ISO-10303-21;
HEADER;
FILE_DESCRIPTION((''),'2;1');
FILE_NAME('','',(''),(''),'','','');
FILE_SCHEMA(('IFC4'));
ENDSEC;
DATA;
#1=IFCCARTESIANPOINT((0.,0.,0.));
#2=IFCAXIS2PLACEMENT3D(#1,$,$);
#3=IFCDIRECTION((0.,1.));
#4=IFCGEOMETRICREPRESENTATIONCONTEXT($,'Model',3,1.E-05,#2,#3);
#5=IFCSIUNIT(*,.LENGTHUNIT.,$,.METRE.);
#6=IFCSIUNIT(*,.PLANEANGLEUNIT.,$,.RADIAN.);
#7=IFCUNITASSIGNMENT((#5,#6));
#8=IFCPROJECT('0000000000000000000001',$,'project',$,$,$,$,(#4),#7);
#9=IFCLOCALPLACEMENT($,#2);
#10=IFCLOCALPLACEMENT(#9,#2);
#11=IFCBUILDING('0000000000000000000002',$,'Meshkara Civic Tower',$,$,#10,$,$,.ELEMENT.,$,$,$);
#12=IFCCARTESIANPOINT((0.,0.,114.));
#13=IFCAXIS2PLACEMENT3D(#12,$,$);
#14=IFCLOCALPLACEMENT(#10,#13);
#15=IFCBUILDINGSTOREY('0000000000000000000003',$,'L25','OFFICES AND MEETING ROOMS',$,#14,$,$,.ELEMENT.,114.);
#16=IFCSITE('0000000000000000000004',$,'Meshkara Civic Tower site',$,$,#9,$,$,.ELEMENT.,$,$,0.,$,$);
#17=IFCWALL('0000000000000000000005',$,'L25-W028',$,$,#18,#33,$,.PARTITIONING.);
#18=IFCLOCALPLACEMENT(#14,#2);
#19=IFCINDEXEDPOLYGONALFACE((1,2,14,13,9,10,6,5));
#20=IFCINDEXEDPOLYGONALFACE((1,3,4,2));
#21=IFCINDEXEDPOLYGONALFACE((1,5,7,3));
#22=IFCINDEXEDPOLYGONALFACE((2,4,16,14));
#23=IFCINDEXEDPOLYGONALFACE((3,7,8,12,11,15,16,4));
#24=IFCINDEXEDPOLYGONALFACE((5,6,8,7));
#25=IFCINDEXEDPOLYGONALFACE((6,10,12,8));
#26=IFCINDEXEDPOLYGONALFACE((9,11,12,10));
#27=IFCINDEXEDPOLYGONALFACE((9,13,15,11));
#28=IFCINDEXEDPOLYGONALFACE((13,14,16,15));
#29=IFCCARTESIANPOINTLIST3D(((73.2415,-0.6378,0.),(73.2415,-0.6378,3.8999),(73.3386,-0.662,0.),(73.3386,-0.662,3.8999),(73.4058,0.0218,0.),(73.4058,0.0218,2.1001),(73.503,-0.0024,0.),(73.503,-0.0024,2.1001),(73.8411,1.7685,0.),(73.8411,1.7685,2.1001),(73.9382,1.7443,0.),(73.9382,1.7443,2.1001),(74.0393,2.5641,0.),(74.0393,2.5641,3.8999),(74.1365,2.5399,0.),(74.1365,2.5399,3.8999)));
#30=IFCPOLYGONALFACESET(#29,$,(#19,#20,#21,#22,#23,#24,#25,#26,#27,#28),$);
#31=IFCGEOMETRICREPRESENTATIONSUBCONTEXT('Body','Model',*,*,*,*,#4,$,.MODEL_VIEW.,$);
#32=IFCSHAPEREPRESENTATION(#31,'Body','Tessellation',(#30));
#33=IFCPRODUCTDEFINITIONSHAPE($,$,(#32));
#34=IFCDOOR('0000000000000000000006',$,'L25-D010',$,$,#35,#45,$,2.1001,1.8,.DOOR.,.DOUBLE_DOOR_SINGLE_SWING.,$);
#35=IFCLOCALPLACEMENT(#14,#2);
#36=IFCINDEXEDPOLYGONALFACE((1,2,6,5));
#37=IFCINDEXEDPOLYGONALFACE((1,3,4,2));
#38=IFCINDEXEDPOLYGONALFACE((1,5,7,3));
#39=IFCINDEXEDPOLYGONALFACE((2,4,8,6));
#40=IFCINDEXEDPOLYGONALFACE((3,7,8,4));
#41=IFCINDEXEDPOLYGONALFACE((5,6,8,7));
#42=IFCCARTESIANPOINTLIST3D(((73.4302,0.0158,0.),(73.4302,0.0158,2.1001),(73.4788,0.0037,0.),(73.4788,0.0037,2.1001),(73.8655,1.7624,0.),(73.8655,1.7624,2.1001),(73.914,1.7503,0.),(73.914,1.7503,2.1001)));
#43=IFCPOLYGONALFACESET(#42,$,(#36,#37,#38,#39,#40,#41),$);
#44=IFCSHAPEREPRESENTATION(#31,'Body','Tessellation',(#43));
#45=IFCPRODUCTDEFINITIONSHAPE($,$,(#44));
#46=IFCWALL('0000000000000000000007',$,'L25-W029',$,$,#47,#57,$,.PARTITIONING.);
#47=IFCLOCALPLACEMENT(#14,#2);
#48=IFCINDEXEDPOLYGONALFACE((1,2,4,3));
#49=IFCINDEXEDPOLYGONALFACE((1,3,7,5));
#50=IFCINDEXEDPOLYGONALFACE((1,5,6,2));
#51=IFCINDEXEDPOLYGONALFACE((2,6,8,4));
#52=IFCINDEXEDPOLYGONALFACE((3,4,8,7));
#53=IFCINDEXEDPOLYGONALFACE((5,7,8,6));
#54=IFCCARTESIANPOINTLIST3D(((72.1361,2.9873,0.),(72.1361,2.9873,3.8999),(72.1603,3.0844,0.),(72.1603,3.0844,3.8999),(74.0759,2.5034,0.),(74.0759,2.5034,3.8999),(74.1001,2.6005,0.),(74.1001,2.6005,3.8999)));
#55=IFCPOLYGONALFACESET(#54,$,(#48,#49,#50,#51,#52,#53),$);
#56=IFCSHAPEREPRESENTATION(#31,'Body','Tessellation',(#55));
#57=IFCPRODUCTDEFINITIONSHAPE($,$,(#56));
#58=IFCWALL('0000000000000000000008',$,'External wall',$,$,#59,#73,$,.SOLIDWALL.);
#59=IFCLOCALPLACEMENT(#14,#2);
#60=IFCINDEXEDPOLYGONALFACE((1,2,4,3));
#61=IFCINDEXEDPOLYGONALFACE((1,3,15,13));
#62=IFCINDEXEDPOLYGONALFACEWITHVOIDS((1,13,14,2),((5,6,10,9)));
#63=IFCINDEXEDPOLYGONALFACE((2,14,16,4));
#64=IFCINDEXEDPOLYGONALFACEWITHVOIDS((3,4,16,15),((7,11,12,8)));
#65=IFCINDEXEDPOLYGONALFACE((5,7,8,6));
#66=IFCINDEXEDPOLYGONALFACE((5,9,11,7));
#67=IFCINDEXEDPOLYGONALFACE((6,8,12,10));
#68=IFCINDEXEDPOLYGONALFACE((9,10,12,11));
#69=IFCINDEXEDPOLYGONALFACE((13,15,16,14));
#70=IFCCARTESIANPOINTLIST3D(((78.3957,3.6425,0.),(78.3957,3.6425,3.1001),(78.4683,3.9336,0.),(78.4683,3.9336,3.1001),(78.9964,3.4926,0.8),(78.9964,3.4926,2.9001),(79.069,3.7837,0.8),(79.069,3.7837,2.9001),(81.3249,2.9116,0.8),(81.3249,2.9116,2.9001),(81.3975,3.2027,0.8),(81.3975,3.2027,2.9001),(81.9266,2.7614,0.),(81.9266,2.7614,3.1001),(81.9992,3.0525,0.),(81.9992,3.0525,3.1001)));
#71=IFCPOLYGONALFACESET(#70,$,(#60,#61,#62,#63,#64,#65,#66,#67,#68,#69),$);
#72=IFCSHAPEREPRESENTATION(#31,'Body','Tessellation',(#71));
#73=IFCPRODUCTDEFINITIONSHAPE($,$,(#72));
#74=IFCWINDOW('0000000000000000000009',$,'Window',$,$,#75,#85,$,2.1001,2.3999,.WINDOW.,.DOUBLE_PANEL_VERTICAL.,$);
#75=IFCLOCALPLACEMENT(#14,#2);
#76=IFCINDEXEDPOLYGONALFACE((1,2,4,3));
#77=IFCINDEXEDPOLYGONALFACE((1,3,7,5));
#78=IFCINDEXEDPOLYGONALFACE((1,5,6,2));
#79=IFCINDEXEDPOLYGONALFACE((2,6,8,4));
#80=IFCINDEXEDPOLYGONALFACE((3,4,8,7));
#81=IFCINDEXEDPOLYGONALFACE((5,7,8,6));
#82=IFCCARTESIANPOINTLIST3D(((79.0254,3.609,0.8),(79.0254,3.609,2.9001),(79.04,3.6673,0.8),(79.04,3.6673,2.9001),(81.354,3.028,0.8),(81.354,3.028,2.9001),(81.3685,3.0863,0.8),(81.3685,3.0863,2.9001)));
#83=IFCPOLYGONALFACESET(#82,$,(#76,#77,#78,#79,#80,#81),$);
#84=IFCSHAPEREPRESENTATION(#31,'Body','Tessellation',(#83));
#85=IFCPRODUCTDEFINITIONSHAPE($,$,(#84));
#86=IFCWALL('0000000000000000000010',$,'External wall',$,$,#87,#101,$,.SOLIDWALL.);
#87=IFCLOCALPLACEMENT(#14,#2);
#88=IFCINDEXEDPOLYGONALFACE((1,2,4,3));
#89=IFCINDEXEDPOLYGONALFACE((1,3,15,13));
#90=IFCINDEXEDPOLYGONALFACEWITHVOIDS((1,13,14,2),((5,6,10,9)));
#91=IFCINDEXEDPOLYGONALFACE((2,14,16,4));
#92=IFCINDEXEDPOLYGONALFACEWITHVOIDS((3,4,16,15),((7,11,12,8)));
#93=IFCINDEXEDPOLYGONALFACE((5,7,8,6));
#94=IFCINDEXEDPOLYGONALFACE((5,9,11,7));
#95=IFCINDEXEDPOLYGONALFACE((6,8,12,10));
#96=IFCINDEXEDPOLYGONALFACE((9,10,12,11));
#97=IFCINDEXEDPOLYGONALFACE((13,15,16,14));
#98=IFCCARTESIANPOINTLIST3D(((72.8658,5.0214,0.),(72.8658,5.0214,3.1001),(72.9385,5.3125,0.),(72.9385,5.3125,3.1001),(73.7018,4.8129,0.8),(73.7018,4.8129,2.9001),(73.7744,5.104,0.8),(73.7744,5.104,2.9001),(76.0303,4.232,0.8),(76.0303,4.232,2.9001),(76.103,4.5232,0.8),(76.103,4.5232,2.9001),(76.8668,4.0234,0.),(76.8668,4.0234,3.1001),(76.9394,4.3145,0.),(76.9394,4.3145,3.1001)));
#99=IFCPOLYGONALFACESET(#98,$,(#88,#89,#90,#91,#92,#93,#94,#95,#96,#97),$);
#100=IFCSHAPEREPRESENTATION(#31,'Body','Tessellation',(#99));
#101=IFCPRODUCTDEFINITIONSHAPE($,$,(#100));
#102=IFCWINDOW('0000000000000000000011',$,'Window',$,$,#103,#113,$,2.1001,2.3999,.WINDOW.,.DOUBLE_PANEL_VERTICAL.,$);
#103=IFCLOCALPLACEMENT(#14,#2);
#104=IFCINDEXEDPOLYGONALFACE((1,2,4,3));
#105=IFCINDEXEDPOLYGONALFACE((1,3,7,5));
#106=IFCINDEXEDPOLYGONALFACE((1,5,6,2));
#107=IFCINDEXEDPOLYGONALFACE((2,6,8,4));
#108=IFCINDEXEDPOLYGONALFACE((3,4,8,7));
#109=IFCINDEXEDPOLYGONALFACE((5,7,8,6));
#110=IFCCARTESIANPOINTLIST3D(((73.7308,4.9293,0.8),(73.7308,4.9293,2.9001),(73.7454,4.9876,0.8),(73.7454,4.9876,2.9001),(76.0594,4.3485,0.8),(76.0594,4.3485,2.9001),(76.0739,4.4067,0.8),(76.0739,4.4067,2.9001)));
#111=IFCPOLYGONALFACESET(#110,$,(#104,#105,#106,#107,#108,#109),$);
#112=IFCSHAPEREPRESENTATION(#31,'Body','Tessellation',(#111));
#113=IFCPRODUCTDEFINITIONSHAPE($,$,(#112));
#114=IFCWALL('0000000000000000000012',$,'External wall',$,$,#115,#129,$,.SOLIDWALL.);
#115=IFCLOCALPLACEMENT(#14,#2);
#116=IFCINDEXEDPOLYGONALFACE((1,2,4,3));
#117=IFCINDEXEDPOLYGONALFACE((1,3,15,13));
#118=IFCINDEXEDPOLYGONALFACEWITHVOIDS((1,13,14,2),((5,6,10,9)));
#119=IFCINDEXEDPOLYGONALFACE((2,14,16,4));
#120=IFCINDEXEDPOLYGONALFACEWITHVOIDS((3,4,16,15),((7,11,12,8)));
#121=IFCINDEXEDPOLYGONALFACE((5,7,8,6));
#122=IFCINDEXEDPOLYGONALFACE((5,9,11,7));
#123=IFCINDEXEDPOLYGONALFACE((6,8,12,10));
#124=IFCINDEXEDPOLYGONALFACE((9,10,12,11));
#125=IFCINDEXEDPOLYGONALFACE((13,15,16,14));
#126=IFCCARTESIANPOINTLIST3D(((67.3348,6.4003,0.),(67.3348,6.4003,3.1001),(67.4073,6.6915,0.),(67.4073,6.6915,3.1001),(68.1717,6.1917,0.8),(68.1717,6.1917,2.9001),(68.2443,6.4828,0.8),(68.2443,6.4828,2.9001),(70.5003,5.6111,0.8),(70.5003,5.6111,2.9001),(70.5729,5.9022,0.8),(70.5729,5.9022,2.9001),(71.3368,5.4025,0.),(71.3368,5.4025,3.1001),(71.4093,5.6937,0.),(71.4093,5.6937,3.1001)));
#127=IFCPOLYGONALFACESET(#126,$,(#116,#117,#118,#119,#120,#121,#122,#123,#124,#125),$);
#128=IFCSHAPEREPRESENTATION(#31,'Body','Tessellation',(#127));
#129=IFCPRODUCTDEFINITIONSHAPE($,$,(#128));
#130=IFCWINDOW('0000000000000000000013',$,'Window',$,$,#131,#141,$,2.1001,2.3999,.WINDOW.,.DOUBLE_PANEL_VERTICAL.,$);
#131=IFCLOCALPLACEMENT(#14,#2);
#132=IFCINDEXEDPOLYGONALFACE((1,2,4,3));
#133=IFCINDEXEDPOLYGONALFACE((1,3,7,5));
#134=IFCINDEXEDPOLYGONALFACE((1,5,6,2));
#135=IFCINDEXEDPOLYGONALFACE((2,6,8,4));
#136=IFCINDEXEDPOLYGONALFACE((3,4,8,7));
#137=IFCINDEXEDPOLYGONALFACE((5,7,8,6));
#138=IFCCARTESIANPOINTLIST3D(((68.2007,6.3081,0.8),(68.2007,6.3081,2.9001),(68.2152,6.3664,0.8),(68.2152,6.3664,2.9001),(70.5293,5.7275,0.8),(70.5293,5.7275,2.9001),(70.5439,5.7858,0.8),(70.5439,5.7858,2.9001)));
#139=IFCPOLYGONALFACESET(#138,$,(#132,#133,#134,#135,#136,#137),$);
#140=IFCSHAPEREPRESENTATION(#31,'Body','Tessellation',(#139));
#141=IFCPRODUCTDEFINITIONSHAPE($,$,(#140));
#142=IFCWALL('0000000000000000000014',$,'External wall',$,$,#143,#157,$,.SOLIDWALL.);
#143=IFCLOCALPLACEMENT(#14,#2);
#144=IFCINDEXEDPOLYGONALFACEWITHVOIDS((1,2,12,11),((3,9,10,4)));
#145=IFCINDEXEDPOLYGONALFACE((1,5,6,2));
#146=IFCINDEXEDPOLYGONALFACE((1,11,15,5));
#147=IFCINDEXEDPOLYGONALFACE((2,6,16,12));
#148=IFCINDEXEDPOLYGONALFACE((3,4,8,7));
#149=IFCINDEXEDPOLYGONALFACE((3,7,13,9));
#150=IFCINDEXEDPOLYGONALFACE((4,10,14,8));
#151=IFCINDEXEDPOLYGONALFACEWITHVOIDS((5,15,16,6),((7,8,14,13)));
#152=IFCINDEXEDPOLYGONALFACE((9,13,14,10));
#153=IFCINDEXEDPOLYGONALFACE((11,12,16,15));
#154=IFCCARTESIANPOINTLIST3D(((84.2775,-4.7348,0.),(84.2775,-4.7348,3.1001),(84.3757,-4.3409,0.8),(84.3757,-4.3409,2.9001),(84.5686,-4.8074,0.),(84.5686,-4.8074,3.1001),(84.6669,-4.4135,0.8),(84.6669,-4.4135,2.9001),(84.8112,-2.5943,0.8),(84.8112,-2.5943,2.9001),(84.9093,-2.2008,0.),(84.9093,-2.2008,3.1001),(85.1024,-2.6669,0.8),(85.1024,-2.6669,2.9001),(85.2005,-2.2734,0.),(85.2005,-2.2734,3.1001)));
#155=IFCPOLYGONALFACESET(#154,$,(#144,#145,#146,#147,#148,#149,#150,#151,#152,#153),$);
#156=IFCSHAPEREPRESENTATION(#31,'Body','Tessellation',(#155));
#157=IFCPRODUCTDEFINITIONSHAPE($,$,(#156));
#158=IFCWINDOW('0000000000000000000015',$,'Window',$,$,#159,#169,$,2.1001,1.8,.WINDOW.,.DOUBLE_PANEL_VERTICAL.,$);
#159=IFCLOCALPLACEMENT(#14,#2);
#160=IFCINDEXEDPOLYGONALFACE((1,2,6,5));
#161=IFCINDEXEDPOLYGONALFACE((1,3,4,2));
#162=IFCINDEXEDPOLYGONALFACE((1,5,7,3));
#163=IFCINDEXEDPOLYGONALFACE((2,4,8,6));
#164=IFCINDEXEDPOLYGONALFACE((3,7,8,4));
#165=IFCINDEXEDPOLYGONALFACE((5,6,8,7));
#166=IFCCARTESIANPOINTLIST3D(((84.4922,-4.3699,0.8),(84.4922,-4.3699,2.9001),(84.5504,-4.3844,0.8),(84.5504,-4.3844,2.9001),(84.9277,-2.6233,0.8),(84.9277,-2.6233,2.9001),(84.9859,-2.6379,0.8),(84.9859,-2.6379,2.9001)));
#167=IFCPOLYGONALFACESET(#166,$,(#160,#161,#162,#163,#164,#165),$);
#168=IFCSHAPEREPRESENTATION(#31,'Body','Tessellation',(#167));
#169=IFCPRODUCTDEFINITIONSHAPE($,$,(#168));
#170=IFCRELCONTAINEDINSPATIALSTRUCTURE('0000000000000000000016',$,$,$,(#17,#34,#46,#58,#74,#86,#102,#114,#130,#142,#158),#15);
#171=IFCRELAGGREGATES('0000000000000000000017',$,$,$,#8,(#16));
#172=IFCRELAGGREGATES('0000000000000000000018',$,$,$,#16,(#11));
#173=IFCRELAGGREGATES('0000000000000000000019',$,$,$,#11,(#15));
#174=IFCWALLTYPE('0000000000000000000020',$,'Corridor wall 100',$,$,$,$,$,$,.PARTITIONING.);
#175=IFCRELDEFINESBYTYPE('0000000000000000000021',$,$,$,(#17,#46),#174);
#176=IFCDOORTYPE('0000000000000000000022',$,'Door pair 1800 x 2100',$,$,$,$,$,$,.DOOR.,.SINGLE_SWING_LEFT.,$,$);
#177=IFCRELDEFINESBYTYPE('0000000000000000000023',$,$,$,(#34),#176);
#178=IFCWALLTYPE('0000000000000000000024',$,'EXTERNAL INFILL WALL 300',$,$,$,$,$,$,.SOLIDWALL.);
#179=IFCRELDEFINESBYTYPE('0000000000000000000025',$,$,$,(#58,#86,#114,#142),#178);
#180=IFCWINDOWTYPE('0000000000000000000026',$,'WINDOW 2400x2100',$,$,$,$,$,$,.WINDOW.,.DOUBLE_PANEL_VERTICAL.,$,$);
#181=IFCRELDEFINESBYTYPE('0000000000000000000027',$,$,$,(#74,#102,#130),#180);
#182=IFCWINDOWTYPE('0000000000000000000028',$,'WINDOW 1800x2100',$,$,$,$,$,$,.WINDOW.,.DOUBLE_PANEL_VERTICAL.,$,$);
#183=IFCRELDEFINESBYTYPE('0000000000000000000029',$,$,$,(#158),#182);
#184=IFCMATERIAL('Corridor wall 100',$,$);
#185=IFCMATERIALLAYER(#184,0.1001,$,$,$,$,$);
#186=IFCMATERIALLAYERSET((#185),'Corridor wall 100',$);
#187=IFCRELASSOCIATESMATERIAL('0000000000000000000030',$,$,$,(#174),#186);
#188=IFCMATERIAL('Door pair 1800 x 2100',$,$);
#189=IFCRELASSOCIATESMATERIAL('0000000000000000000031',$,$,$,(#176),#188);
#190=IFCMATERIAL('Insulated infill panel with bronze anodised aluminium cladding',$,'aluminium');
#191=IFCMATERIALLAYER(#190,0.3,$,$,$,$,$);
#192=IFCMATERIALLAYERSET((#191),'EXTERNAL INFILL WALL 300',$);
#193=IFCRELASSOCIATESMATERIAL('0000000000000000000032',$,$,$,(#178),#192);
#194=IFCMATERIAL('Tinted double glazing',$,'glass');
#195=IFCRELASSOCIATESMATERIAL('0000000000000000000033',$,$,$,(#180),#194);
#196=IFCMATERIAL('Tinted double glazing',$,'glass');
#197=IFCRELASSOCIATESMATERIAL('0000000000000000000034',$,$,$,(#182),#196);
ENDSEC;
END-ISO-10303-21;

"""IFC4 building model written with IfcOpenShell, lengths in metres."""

from ifc_helpers import new_model, si_unit, direction, frame, frame_2d, origin, place, context, subcontext, project, spatial, rectangle, extrude, material, layer, layer_set, type_object, element, fill, save


model = new_model("IFC4")

# Units and contexts
model_context = context("Model", 3, precision=1e-05, world=origin(), true_north=direction((0.0, 1.0)))
body_context = subcontext(model_context, "Body", "Model", "MODEL_VIEW")
ifc_project = project(units=[si_unit("LENGTHUNIT", "METRE"), si_unit("PLANEANGLEUNIT", "RADIAN")], contexts=[model_context])

# Site, building, storey
site_placement = place(None, origin())
site = spatial("IfcSite", under=ifc_project, at=site_placement, Name="Meshkara Civic Tower site", CompositionType="ELEMENT", RefElevation=0.0)
building_placement = place(site_placement, origin())
building = spatial("IfcBuilding", under=site, at=building_placement, Name="Meshkara Civic Tower", CompositionType="ELEMENT")
storey_placement = place(building_placement, frame((0.0, 0.0, 114.0)))
storey = spatial("IfcBuildingStorey", under=building, at=storey_placement, Name="L25", Description="OFFICES AND MEETING ROOMS", CompositionType="ELEMENT", Elevation=114.0)

# Wall, opening, door
ifc_material_1 = material(Name="Corridor wall 100")
ifc_layer_1 = layer(ifc_material_1, 0.1001)
ifc_layer_set_1 = layer_set([ifc_layer_1], Name="Corridor wall 100")
wall_type_1 = type_object("IfcWallType", Name="Corridor wall 100", PredefinedType="PARTITIONING", material=ifc_layer_set_1)
wall_1_placement = place(storey_placement, frame((73.29, -0.6499, 0.0), z_axis=(0.0, 0.0, 1.0), x_axis=(0.241787, 0.970329, 0.0)))
wall_1 = element("IfcWall", 1, at=wall_1_placement, inside=storey, type_object=wall_type_1, Name="L25-W028", PredefinedType="PARTITIONING", context=body_context, shape_type="SweptSolid", body=[
    extrude(rectangle(XDim=3.2998, YDim=0.1001, at=frame_2d((1.6499, 0.0))), origin(), (0.0, 0.0, 1.0), 3.8999),
])
opening_1_placement = place(wall_1_placement, frame((0.6799, 0.0, 0.0)))
opening_1 = element("IfcOpeningElement", 2, at=opening_1_placement, cuts=wall_1, PredefinedType="OPENING", context=body_context, shape_type="SweptSolid", body=[
    extrude(rectangle(XDim=1.8, YDim=2.1001, at=frame_2d((0.8999, 1.05))), frame((0.0, 0.0601, 0.0), z_axis=(0.0, -1.0, 0.0), x_axis=(1.0, 0.0, 0.0)), (0.0, 0.0, 1.0), 0.1201),
])
ifc_material_2 = material(Name="Door pair 1800 x 2100")
door_type_1 = type_object("IfcDoorType", Name="Door pair 1800 x 2100", OperationType="SINGLE_SWING_LEFT", PredefinedType="DOOR", material=ifc_material_2)
door_1_placement = place(opening_1_placement, origin())
door_1 = element("IfcDoor", 3, at=door_1_placement, inside=storey, type_object=door_type_1, Name="L25-D010", OperationType="DOUBLE_DOOR_SINGLE_SWING", OverallHeight=2.1001, OverallWidth=1.8, PredefinedType="DOOR", context=body_context, shape_type="SweptSolid", body=[
    extrude(rectangle(XDim=1.8, YDim=2.1001, at=frame_2d((0.8999, 1.05))), frame((0.0, 0.0249, 0.0), z_axis=(0.0, -1.0, 0.0), x_axis=(1.0, 0.0, 0.0)), (0.0, 0.0, 1.0), 0.05),
])
fill(opening_1, door_1)

# Wall
wall_2_placement = place(storey_placement, frame((74.0879, 2.552, 0.0), z_axis=(0.0, 0.0, 1.0), x_axis=(-0.970272, 0.242018, 0.0)))
element("IfcWall", 4, at=wall_2_placement, inside=storey, type_object=wall_type_1, Name="L25-W029", PredefinedType="PARTITIONING", context=body_context, shape_type="SweptSolid", body=[
    extrude(rectangle(XDim=1.9993, YDim=0.1001, at=frame_2d((0.9995, 0.0))), origin(), (0.0, 0.0, 1.0), 3.8999),
])

# Walls, openings, windows
ifc_material_3 = material(Name="Insulated infill panel with bronze anodised aluminium cladding", Category="aluminium")
ifc_layer_2 = layer(ifc_material_3, 0.3)
ifc_layer_set_2 = layer_set([ifc_layer_2], Name="EXTERNAL INFILL WALL 300")
wall_type_2 = type_object("IfcWallType", Name="EXTERNAL INFILL WALL 300", PredefinedType="SOLIDWALL", material=ifc_layer_set_2)
wall_3_placement = place(storey_placement, frame((81.9629, 2.907, 0.0), z_axis=(0.0, 0.0, 1.0), x_axis=(-0.970249, 0.242109, 0.0)))
wall_3 = element("IfcWall", 5, at=wall_3_placement, inside=storey, type_object=wall_type_2, Name="External wall", PredefinedType="SOLIDWALL", context=body_context, shape_type="SweptSolid", body=[
    extrude(rectangle(XDim=3.6392, YDim=0.3, at=frame_2d((1.8196, 0.0))), origin(), (0.0, 0.0, 1.0), 3.1001),
])
opening_2_placement = place(wall_3_placement, frame((0.6201, 0.0, 0.8)))
opening_2 = element("IfcOpeningElement", 6, at=opening_2_placement, cuts=wall_3, PredefinedType="OPENING", context=body_context, shape_type="SweptSolid", body=[
    extrude(rectangle(XDim=2.3999, YDim=2.1001, at=frame_2d((1.2, 1.05))), frame((0.0, 0.1599, 0.0), z_axis=(0.0, -1.0, 0.0), x_axis=(1.0, 0.0, 0.0)), (0.0, 0.0, 1.0), 0.3201),
])
ifc_material_4 = material(Name="Tinted double glazing", Category="glass")
window_type_1 = type_object("IfcWindowType", Name="WINDOW 2400x2100", PartitioningType="DOUBLE_PANEL_VERTICAL", PredefinedType="WINDOW", material=ifc_material_4)
window_1_placement = place(opening_2_placement, origin())
window_1 = element("IfcWindow", 7, at=window_1_placement, inside=storey, type_object=window_type_1, Name="Window", OverallHeight=2.1001, OverallWidth=2.3999, PartitioningType="DOUBLE_PANEL_VERTICAL", PredefinedType="WINDOW", context=body_context, shape_type="SweptSolid", body=[
    extrude(rectangle(XDim=2.3999, YDim=2.1001, at=frame_2d((1.2, 1.05))), frame((0.0, 0.03, 0.0), z_axis=(0.0, -1.0, 0.0), x_axis=(1.0, 0.0, 0.0)), (0.0, 0.0, 1.0), 0.0601),
])
fill(opening_2, window_1)
wall_4_placement = place(storey_placement, frame((76.9031, 4.1689, 0.0), z_axis=(0.0, 0.0, 1.0), x_axis=(-0.970268, 0.242034, 0.0)))
wall_4 = element("IfcWall", 8, at=wall_4_placement, inside=storey, type_object=wall_type_2, Name="External wall", PredefinedType="SOLIDWALL", context=body_context, shape_type="SweptSolid", body=[
    extrude(rectangle(XDim=4.1235, YDim=0.3, at=frame_2d((2.0618, 0.0))), origin(), (0.0, 0.0, 1.0), 3.1001),
])
opening_3_placement = place(wall_4_placement, frame((0.8621, 0.0, 0.8)))
opening_3 = element("IfcOpeningElement", 9, at=opening_3_placement, cuts=wall_4, PredefinedType="OPENING", context=body_context, shape_type="SweptSolid", body=[
    extrude(rectangle(XDim=2.3999, YDim=2.1001, at=frame_2d((1.2, 1.05))), frame((0.0, 0.1599, 0.0), z_axis=(0.0, -1.0, 0.0), x_axis=(1.0, 0.0, 0.0)), (0.0, 0.0, 1.0), 0.3201),
])
window_2_placement = place(opening_3_placement, origin())
window_2 = element("IfcWindow", 10, at=window_2_placement, inside=storey, type_object=window_type_1, Name="Window", OverallHeight=2.1001, OverallWidth=2.3999, PartitioningType="DOUBLE_PANEL_VERTICAL", PredefinedType="WINDOW", context=body_context, shape_type="SweptSolid", body=[
    extrude(rectangle(XDim=2.3999, YDim=2.1001, at=frame_2d((1.2, 1.05))), frame((0.0, 0.03, 0.0), z_axis=(0.0, -1.0, 0.0), x_axis=(1.0, 0.0, 0.0)), (0.0, 0.0, 1.0), 0.0601),
])
fill(opening_3, window_2)
wall_5_placement = place(storey_placement, frame((71.373, 5.5481, 0.0), z_axis=(0.0, 0.0, 1.0), x_axis=(-0.970296, 0.241923, 0.0)))
wall_5 = element("IfcWall", 11, at=wall_5_placement, inside=storey, type_object=wall_type_2, Name="External wall", PredefinedType="SOLIDWALL", context=body_context, shape_type="SweptSolid", body=[
    extrude(rectangle(XDim=4.1245, YDim=0.3, at=frame_2d((2.0623, 0.0))), origin(), (0.0, 0.0, 1.0), 3.1001),
])
opening_4_placement = place(wall_5_placement, frame((0.8621, 0.0, 0.8)))
opening_4 = element("IfcOpeningElement", 12, at=opening_4_placement, cuts=wall_5, PredefinedType="OPENING", context=body_context, shape_type="SweptSolid", body=[
    extrude(rectangle(XDim=2.3999, YDim=2.1001, at=frame_2d((1.2, 1.05))), frame((0.0, 0.1599, 0.0), z_axis=(0.0, -1.0, 0.0), x_axis=(1.0, 0.0, 0.0)), (0.0, 0.0, 1.0), 0.3201),
])
window_3_placement = place(opening_4_placement, origin())
window_3 = element("IfcWindow", 13, at=window_3_placement, inside=storey, type_object=window_type_1, Name="Window", OverallHeight=2.1001, OverallWidth=2.3999, PartitioningType="DOUBLE_PANEL_VERTICAL", PredefinedType="WINDOW", context=body_context, shape_type="SweptSolid", body=[
    extrude(rectangle(XDim=2.3999, YDim=2.1001, at=frame_2d((1.2, 1.05))), frame((0.0, 0.03, 0.0), z_axis=(0.0, -1.0, 0.0), x_axis=(1.0, 0.0, 0.0)), (0.0, 0.0, 1.0), 0.0601),
])
fill(opening_4, window_3)
wall_6_placement = place(storey_placement, frame((84.4231, -4.771, 0.0), z_axis=(0.0, 0.0, 1.0), x_axis=(0.241942, 0.970291, 0.0)))
wall_6 = element("IfcWall", 14, at=wall_6_placement, inside=storey, type_object=wall_type_2, Name="External wall", PredefinedType="SOLIDWALL", context=body_context, shape_type="SweptSolid", body=[
    extrude(rectangle(XDim=2.6116, YDim=0.3, at=frame_2d((1.3057, 0.0))), origin(), (0.0, 0.0, 1.0), 3.1001),
])
opening_5_placement = place(wall_6_placement, frame((0.406, 0.0, 0.8)))
opening_5 = element("IfcOpeningElement", 15, at=opening_5_placement, cuts=wall_6, PredefinedType="OPENING", context=body_context, shape_type="SweptSolid", body=[
    extrude(rectangle(XDim=1.8, YDim=2.1001, at=frame_2d((0.8999, 1.05))), frame((0.0, 0.1599, 0.0), z_axis=(0.0, -1.0, 0.0), x_axis=(1.0, 0.0, 0.0)), (0.0, 0.0, 1.0), 0.3201),
])
ifc_material_5 = material(Name="Tinted double glazing", Category="glass")
window_type_2 = type_object("IfcWindowType", Name="WINDOW 1800x2100", PartitioningType="DOUBLE_PANEL_VERTICAL", PredefinedType="WINDOW", material=ifc_material_5)
window_4_placement = place(opening_5_placement, origin())
window_4 = element("IfcWindow", 16, at=window_4_placement, inside=storey, type_object=window_type_2, Name="Window", OverallHeight=2.1001, OverallWidth=1.8, PartitioningType="DOUBLE_PANEL_VERTICAL", PredefinedType="WINDOW", context=body_context, shape_type="SweptSolid", body=[
    extrude(rectangle(XDim=1.8, YDim=2.1001, at=frame_2d((0.8999, 1.05))), frame((0.0, 0.03, 0.0), z_axis=(0.0, -1.0, 0.0), x_axis=(1.0, 0.0, 0.0)), (0.0, 0.0, 1.0), 0.0601),
])
fill(opening_5, window_4)

save(model, "model.ifc")
